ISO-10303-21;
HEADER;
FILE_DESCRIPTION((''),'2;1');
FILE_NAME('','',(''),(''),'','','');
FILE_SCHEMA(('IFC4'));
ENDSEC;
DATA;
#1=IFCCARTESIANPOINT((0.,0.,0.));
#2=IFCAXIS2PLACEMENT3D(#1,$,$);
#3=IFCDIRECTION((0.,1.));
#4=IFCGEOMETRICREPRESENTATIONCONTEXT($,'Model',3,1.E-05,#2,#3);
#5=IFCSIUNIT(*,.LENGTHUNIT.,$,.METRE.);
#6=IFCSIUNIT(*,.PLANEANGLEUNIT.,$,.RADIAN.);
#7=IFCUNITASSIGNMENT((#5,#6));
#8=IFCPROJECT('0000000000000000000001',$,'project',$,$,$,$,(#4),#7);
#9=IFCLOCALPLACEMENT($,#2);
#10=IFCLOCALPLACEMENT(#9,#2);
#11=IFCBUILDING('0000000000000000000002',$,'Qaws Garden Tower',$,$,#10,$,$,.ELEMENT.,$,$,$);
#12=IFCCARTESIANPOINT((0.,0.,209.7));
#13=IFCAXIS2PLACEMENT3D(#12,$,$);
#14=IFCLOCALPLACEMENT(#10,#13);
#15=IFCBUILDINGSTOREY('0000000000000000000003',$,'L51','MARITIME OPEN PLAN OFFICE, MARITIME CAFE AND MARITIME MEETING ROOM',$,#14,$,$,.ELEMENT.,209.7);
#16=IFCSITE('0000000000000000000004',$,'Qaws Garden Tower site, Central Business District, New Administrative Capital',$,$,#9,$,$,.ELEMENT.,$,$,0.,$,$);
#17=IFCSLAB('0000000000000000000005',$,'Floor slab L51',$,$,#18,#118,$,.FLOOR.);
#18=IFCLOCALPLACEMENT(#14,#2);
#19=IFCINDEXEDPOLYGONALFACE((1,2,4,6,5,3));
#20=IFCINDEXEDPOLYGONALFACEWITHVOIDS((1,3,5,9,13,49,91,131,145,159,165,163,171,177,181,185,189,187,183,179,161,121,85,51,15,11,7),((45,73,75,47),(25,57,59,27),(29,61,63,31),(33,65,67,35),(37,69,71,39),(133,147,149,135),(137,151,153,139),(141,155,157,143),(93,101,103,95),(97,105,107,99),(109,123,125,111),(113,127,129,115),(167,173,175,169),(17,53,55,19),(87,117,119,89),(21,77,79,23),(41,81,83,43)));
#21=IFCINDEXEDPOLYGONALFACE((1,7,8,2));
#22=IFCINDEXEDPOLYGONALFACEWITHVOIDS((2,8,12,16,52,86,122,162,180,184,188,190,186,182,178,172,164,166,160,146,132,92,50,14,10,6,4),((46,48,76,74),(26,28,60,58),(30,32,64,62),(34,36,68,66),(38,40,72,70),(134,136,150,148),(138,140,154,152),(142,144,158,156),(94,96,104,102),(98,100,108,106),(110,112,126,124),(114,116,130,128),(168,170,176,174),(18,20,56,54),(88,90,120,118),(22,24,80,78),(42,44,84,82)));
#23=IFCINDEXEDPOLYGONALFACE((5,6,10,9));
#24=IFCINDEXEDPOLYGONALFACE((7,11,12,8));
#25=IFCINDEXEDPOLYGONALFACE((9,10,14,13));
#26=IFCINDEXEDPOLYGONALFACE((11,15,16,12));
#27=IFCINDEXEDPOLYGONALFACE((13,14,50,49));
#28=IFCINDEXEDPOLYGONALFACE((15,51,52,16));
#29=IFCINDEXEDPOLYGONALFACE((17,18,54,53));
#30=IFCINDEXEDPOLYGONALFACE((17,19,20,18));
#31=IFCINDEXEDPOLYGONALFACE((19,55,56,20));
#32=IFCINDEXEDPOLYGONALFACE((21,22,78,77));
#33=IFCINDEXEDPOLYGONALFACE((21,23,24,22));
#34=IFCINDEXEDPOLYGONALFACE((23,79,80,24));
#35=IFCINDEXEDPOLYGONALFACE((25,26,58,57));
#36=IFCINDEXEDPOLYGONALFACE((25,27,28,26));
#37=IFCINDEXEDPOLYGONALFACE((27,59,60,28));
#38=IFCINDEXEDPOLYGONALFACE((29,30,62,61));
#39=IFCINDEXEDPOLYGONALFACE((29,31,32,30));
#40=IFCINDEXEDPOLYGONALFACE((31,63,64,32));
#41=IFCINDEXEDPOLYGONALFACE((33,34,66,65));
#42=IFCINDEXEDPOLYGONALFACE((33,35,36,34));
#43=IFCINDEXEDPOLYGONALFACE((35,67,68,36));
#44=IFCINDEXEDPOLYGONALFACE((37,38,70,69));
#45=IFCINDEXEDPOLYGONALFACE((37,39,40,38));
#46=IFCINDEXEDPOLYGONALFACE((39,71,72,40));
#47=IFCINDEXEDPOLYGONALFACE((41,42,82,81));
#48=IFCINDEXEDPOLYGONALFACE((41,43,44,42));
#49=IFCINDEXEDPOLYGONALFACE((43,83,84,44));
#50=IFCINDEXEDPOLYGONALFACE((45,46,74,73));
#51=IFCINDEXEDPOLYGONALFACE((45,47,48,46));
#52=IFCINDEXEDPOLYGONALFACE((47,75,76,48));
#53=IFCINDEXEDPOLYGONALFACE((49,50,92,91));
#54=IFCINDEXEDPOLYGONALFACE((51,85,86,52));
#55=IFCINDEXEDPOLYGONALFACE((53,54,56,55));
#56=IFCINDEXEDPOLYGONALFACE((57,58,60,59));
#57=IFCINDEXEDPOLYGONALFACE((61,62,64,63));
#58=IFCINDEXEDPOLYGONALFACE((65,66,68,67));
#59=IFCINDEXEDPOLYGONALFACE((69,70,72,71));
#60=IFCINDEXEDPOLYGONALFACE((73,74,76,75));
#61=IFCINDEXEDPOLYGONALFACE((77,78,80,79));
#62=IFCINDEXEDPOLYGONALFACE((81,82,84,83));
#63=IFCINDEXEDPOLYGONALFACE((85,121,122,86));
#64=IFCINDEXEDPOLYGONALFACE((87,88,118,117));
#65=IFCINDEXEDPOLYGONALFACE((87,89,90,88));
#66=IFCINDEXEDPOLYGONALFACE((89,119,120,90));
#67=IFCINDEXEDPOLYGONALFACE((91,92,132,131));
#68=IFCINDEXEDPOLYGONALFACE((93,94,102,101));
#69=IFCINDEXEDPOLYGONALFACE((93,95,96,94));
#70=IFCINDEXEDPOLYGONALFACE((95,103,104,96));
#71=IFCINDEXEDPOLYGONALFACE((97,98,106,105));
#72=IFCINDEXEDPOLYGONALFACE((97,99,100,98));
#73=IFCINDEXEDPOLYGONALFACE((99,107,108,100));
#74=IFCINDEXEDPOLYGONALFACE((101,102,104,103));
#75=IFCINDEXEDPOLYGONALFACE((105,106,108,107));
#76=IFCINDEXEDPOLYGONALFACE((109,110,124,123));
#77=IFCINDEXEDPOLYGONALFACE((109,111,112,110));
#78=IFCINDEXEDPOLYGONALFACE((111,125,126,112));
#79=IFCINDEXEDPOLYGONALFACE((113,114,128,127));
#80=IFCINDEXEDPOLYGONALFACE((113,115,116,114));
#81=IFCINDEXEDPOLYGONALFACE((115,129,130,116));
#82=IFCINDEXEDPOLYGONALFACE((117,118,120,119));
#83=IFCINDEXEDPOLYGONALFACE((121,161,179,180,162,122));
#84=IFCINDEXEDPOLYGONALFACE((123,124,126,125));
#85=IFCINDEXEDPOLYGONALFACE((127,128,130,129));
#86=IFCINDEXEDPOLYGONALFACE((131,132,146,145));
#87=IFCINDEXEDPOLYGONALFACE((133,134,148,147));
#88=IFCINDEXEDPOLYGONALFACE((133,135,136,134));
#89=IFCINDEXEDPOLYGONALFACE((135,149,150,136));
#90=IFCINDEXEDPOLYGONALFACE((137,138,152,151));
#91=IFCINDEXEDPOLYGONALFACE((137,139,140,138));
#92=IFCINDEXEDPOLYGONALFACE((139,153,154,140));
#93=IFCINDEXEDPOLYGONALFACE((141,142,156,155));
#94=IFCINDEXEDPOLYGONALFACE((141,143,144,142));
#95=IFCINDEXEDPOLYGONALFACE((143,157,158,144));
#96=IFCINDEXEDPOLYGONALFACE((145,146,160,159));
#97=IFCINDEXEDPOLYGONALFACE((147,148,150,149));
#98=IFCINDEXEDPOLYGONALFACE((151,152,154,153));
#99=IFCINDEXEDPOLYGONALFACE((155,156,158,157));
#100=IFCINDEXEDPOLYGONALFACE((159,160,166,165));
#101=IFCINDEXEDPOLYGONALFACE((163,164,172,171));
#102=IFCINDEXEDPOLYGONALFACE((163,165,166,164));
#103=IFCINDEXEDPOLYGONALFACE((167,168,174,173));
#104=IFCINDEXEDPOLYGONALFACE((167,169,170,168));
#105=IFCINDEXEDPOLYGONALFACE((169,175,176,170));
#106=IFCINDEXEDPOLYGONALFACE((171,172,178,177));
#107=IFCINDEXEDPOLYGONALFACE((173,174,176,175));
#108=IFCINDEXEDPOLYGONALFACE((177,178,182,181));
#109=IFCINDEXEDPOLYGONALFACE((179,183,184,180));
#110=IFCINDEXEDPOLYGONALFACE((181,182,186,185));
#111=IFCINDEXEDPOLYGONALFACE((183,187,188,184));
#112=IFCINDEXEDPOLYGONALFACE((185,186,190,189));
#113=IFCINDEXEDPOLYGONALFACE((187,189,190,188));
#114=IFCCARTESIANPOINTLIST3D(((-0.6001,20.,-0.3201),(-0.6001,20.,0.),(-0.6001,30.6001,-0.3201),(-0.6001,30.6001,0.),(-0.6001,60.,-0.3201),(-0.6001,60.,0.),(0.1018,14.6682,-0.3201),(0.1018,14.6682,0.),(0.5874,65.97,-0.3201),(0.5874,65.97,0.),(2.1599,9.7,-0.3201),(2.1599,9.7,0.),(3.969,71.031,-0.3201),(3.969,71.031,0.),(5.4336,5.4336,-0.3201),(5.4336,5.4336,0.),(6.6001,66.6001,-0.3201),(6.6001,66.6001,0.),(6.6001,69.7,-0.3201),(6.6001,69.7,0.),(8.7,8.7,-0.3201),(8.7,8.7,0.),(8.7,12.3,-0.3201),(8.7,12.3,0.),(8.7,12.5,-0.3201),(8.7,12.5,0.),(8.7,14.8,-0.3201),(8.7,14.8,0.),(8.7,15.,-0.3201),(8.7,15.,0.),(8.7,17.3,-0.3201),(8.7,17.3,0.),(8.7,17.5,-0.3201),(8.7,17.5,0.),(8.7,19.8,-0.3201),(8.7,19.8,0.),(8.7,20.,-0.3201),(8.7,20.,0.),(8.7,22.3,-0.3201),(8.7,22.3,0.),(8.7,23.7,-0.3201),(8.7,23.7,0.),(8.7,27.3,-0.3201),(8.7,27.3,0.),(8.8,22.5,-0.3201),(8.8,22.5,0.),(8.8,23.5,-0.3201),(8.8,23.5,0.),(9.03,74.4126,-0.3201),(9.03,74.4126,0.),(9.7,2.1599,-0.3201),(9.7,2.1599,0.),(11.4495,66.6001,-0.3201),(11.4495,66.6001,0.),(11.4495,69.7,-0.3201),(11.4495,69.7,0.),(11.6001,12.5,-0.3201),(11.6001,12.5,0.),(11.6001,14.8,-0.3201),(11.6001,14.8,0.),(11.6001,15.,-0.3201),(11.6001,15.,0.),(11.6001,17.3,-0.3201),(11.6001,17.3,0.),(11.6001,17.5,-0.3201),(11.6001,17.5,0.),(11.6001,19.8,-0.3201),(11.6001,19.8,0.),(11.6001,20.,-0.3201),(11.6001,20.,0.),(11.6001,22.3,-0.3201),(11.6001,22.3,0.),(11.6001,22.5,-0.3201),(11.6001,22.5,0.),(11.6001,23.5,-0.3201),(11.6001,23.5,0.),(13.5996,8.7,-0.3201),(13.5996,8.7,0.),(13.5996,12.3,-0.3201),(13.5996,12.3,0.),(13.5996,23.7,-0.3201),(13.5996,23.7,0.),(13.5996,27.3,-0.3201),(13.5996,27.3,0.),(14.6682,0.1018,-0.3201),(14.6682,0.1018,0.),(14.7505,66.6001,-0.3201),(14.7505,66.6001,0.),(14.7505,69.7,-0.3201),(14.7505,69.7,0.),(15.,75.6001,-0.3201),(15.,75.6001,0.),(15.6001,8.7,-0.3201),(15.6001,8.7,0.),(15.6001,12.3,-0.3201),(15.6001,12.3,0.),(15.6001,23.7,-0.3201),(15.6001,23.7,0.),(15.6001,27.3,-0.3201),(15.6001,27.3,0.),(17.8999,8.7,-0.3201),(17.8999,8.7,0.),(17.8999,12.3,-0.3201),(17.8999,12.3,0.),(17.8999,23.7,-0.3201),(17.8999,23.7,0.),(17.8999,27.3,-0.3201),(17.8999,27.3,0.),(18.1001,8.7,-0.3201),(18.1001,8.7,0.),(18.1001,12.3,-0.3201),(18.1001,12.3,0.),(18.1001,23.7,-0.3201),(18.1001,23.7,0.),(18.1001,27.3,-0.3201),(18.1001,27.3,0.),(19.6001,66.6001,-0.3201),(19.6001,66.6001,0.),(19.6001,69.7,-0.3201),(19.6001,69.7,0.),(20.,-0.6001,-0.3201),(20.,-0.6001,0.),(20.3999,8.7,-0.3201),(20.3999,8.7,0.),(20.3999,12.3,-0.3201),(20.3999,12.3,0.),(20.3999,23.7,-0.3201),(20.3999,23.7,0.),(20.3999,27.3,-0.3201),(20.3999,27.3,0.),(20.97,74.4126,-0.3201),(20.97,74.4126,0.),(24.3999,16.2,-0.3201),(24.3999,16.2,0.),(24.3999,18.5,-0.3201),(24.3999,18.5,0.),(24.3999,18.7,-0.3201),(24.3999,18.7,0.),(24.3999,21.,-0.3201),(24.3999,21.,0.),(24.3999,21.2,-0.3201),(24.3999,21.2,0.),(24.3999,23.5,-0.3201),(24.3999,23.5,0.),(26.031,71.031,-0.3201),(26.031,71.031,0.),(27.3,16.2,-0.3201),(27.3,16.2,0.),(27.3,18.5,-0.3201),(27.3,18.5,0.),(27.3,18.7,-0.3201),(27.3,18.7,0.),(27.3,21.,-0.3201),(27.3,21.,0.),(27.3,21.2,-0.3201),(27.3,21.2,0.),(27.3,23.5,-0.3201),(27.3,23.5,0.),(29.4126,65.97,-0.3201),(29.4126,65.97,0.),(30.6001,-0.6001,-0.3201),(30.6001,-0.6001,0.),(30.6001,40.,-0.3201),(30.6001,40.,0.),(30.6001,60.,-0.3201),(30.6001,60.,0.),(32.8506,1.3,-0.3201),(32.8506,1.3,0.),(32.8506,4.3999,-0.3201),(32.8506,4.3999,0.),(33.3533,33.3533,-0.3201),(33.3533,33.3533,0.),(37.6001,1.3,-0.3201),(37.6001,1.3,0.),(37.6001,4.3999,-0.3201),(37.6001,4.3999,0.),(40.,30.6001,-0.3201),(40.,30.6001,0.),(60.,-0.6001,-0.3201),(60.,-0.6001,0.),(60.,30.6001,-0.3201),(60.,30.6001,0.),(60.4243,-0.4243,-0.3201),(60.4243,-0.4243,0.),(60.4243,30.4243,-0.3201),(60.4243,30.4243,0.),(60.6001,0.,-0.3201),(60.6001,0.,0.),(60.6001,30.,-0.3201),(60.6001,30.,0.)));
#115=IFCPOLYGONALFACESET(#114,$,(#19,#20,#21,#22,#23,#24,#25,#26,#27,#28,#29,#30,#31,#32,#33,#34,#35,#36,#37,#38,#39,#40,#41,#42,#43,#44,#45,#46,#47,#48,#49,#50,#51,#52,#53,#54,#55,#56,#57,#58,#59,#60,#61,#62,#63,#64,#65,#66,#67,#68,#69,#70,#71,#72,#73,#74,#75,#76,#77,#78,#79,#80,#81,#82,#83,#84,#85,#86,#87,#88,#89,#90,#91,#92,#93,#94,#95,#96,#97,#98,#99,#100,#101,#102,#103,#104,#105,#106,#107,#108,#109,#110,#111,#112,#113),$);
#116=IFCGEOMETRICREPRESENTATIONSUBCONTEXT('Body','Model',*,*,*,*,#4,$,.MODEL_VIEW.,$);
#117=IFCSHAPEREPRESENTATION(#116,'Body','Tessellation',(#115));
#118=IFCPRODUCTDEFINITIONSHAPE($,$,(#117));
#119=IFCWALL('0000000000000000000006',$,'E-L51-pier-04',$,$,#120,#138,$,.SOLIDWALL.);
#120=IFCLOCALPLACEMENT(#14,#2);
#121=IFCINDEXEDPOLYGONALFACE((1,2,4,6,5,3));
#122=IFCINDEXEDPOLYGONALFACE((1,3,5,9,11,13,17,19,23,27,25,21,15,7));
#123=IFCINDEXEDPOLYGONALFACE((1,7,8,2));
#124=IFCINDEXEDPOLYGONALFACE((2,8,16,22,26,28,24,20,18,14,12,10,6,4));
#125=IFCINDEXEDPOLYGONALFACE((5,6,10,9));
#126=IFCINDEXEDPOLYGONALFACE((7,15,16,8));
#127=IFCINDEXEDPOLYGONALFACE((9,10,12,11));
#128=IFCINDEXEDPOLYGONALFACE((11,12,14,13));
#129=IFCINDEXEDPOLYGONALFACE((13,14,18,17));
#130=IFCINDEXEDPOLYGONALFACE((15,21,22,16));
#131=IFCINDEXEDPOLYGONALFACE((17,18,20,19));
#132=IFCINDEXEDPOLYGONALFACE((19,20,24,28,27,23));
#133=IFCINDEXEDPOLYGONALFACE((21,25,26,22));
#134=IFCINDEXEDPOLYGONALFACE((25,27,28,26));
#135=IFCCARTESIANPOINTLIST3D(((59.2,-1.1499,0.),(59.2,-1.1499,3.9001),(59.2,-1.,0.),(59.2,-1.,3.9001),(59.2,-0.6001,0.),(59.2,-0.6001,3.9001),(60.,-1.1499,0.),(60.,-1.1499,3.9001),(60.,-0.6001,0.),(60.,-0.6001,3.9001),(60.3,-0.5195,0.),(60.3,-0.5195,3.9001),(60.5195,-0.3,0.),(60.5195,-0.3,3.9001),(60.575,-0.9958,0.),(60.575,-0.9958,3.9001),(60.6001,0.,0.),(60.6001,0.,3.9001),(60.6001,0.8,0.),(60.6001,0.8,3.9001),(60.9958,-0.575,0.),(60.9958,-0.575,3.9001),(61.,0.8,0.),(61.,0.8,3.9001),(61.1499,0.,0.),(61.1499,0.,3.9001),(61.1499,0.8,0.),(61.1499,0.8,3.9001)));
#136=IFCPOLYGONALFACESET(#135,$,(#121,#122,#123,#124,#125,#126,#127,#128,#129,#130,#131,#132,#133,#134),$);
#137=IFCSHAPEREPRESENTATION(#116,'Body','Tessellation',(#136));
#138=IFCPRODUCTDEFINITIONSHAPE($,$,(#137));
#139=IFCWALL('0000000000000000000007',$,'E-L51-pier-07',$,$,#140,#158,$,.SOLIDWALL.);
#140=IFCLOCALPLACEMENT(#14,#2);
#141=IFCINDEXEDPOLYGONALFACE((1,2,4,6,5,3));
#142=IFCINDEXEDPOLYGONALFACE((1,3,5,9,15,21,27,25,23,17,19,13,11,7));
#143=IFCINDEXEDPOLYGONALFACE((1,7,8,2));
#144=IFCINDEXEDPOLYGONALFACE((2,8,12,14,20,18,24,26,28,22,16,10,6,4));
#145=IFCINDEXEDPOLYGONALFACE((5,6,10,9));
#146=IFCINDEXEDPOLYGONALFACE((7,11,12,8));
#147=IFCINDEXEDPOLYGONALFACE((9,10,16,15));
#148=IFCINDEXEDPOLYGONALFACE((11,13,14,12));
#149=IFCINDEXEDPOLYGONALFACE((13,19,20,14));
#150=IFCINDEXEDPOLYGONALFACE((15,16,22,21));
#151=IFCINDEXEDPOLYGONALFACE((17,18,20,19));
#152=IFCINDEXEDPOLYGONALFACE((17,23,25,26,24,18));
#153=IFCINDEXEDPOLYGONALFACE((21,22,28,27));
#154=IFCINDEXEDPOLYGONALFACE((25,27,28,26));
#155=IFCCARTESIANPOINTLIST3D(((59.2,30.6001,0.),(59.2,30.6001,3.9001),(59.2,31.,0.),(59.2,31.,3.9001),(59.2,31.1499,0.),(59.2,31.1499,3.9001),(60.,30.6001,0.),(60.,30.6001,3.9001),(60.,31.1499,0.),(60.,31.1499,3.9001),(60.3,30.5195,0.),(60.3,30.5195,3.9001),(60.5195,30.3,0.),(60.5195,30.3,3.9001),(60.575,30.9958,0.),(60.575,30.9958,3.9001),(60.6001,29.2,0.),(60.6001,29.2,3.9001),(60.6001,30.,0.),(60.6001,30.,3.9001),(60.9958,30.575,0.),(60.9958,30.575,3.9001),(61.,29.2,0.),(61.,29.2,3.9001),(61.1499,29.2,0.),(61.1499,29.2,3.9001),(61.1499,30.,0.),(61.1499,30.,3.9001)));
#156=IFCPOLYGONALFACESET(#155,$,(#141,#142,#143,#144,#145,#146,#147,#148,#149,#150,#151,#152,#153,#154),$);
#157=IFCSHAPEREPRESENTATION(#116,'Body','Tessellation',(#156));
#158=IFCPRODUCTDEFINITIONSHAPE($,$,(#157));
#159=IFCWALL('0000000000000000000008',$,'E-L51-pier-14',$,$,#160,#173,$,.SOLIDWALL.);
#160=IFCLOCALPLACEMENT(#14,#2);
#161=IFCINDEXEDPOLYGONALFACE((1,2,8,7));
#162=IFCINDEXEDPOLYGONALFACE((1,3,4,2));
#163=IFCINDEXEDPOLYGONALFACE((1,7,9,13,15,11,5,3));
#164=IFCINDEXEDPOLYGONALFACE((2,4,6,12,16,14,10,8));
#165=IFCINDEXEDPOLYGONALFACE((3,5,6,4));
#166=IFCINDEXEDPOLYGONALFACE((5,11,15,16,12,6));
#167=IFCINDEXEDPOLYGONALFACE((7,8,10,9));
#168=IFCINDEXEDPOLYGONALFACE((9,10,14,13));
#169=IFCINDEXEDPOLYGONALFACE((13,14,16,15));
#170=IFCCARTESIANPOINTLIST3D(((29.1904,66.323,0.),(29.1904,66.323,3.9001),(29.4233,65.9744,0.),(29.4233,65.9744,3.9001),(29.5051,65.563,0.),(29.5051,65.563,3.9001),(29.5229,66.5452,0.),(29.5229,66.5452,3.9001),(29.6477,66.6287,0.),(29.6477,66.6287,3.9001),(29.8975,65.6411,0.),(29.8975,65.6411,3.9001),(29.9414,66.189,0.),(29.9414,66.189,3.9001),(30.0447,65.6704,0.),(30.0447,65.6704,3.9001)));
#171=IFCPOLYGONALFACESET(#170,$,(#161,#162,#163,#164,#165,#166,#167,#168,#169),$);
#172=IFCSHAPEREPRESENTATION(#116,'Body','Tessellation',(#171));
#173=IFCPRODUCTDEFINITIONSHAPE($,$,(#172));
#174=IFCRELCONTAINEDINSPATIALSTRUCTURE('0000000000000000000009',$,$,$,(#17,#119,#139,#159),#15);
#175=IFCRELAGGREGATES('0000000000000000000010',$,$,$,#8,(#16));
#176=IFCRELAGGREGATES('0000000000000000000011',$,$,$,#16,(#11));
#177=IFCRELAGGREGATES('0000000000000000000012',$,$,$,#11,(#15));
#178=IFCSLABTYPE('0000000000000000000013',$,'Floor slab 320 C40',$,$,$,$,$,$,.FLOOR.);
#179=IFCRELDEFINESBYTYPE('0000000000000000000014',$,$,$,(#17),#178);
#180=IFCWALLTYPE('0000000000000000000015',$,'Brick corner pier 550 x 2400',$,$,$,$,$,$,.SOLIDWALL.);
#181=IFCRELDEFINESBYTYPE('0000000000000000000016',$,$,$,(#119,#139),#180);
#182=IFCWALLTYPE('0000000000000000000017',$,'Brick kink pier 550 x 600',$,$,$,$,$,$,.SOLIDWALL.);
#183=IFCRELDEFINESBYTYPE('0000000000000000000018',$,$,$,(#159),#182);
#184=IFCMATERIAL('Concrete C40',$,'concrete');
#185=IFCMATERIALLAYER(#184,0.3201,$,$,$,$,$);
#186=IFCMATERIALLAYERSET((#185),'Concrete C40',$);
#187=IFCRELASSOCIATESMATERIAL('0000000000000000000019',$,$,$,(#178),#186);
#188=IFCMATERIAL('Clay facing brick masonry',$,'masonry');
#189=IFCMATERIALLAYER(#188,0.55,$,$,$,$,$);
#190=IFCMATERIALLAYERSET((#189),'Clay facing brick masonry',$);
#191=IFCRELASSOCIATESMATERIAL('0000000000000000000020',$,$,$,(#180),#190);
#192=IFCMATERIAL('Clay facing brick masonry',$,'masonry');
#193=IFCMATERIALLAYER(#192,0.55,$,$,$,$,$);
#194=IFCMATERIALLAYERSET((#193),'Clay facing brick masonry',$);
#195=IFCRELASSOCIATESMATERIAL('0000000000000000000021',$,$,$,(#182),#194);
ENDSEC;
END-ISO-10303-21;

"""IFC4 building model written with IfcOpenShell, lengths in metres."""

from ifc_helpers import new_model, si_unit, direction, frame, origin, place, context, subcontext, project, spatial, polyline, outline, extrude, material, layer, layer_set, type_object, element, save


model = new_model("IFC4")

# Units and contexts
model_context = context("Model", 3, precision=1e-05, world=origin(), true_north=direction((0.0, 1.0)))
body_context = subcontext(model_context, "Body", "Model", "MODEL_VIEW")
ifc_project = project(units=[si_unit("LENGTHUNIT", "METRE"), si_unit("PLANEANGLEUNIT", "RADIAN")], contexts=[model_context])

# Site, building, storey
site_placement = place(None, origin())
site = spatial("IfcSite", under=ifc_project, at=site_placement, Name="Qaws Garden Tower site, Central Business District, New Administrative Capital", CompositionType="ELEMENT", RefElevation=0.0)
building_placement = place(site_placement, origin())
building = spatial("IfcBuilding", under=site, at=building_placement, Name="Qaws Garden Tower", CompositionType="ELEMENT")
storey_placement = place(building_placement, frame((0.0, 0.0, 209.7)))
storey = spatial("IfcBuildingStorey", under=building, at=storey_placement, Name="L51", Description="MARITIME OPEN PLAN OFFICE, MARITIME CAFE AND MARITIME MEETING ROOM", CompositionType="ELEMENT", Elevation=209.7)

# Slab
ifc_material_1 = material(Name="Concrete C40", Category="concrete")
ifc_layer_1 = layer(ifc_material_1, 0.3201)
ifc_layer_set_1 = layer_set([ifc_layer_1], Name="Concrete C40")
slab_type = type_object("IfcSlabType", Name="Floor slab 320 C40", PredefinedType="FLOOR", material=ifc_layer_set_1)
slab_placement = place(storey_placement, frame((0.0, 0.0, -0.3201)))
element("IfcSlab", 1, at=slab_placement, inside=storey, type_object=slab_type, Name="Floor slab L51", PredefinedType="FLOOR", context=body_context, shape_type="SweptSolid", body=[
    extrude(outline(polyline([(0.1018, 14.6682), (-0.6001, 20.0), (-0.6001, 30.6001), (-0.6001, 60.0), (-0.6001, 60.0), (0.5874, 65.97), (3.969, 71.031), (9.03, 74.4126), (15.0, 75.6001), (20.97, 74.4126), (26.031, 71.031), (29.4126, 65.97), (30.6001, 60.0), (30.6001, 40.0), (33.3533, 33.3533), (40.0, 30.6001), (60.0, 30.6001), (60.4243, 30.4243), (60.6001, 30.0), (60.6001, 0.0), (60.4243, -0.4243), (60.0, -0.6001), (30.6001, -0.6001), (20.0, -0.6001), (14.6682, 0.1018), (9.7, 2.1599), (5.4336, 5.4336), (2.1599, 9.7), (0.1018, 14.6682)]), holes=[polyline([(13.5996, 12.3), (8.7, 12.3), (8.7, 8.7), (13.5996, 8.7), (13.5996, 12.3)]), polyline([(17.8999, 12.3), (15.6001, 12.3), (15.6001, 8.7), (17.8999, 8.7), (17.8999, 12.3)]), polyline([(11.6001, 14.8), (8.7, 14.8), (8.7, 12.5), (11.6001, 12.5), (11.6001, 14.8)]), polyline([(11.6001, 17.3), (8.7, 17.3), (8.7, 15.0), (11.6001, 15.0), (11.6001, 17.3)]), polyline([(11.6001, 19.8), (8.7, 19.8), (8.7, 17.5), (11.6001, 17.5), (11.6001, 19.8)]), polyline([(11.6001, 22.3), (8.7, 22.3), (8.7, 20.0), (11.6001, 20.0), (11.6001, 22.3)]), polyline([(11.6001, 23.5), (8.8, 23.5), (8.8, 22.5), (11.6001, 22.5), (11.6001, 23.5)]), polyline([(13.5996, 27.3), (8.7, 27.3), (8.7, 23.7), (13.5996, 23.7), (13.5996, 27.3)]), polyline([(11.4495, 69.7), (6.6001, 69.7), (6.6001, 66.6001), (11.4495, 66.6001), (11.4495, 69.7)]), polyline([(37.6001, 4.3999), (32.8506, 4.3999), (32.8506, 1.3), (37.6001, 1.3), (37.6001, 4.3999)]), polyline([(20.3999, 12.3), (18.1001, 12.3), (18.1001, 8.7), (20.3999, 8.7), (20.3999, 12.3)]), polyline([(27.3, 18.5), (24.3999, 18.5), (24.3999, 16.2), (27.3, 16.2), (27.3, 18.5)]), polyline([(27.3, 21.0), (24.3999, 21.0), (24.3999, 18.7), (27.3, 18.7), (27.3, 21.0)]), polyline([(27.3, 23.5), (24.3999, 23.5), (24.3999, 21.2), (27.3, 21.2), (27.3, 23.5)]), polyline([(17.8999, 27.3), (15.6001, 27.3), (15.6001, 23.7), (17.8999, 23.7), (17.8999, 27.3)]), polyline([(20.3999, 23.7), (20.3999, 27.3), (18.1001, 27.3), (18.1001, 23.7), (20.3999, 23.7)]), polyline([(19.6001, 66.6001), (19.6001, 69.7), (14.7505, 69.7), (14.7505, 66.6001), (19.6001, 66.6001)])]), origin(), (0.0, 0.0, 1.0), 0.3201),
])

# Walls
ifc_material_2 = material(Name="Clay facing brick masonry", Category="masonry")
ifc_layer_2 = layer(ifc_material_2, 0.55)
ifc_layer_set_2 = layer_set([ifc_layer_2], Name="Clay facing brick masonry")
wall_type_1 = type_object("IfcWallType", Name="Brick corner pier 550 x 2400", PredefinedType="SOLIDWALL", material=ifc_layer_set_2)
placement = place(storey_placement, origin())
element("IfcWall", 2, at=placement, inside=storey, type_object=wall_type_1, Name="E-L51-pier-04", PredefinedType="SOLIDWALL", context=body_context, shape_type="SweptSolid", body=[
    extrude(outline(polyline([(59.2, -1.0), (59.2, -1.1499), (60.0, -1.1499), (60.575, -0.9958), (60.9958, -0.575), (61.1499, 0.0), (61.1499, 0.8), (61.0, 0.8), (60.6001, 0.8), (60.6001, 0.0), (60.5195, -0.3), (60.3, -0.5195), (60.0, -0.6001), (59.2, -0.6001), (59.2, -1.0)])), origin(), (0.0, 0.0, 1.0), 3.9001),
])
element("IfcWall", 3, at=placement, inside=storey, type_object=wall_type_1, Name="E-L51-pier-07", PredefinedType="SOLIDWALL", context=body_context, shape_type="SweptSolid", body=[
    extrude(outline(polyline([(61.0, 29.2), (61.1499, 29.2), (61.1499, 30.0), (60.9958, 30.575), (60.575, 30.9958), (60.0, 31.1499), (59.2, 31.1499), (59.2, 31.0), (59.2, 30.6001), (60.0, 30.6001), (60.3, 30.5195), (60.5195, 30.3), (60.6001, 30.0), (60.6001, 29.2), (61.0, 29.2)])), origin(), (0.0, 0.0, 1.0), 3.9001),
])
ifc_material_3 = material(Name="Clay facing brick masonry", Category="masonry")
ifc_layer_3 = layer(ifc_material_3, 0.55)
ifc_layer_set_3 = layer_set([ifc_layer_3], Name="Clay facing brick masonry")
wall_type_2 = type_object("IfcWallType", Name="Brick kink pier 550 x 600", PredefinedType="SOLIDWALL", material=ifc_layer_set_3)
element("IfcWall", 4, at=placement, inside=storey, type_object=wall_type_2, Name="E-L51-pier-14", PredefinedType="SOLIDWALL", context=body_context, shape_type="SweptSolid", body=[
    extrude(outline(polyline([(29.8975, 65.6411), (30.0447, 65.6704), (29.9414, 66.189), (29.6477, 66.6287), (29.5229, 66.5452), (29.1904, 66.323), (29.4233, 65.9744), (29.5051, 65.563), (29.8975, 65.6411)])), origin(), (0.0, 0.0, 1.0), 3.9001),
])

save(model, "model.ifc")
